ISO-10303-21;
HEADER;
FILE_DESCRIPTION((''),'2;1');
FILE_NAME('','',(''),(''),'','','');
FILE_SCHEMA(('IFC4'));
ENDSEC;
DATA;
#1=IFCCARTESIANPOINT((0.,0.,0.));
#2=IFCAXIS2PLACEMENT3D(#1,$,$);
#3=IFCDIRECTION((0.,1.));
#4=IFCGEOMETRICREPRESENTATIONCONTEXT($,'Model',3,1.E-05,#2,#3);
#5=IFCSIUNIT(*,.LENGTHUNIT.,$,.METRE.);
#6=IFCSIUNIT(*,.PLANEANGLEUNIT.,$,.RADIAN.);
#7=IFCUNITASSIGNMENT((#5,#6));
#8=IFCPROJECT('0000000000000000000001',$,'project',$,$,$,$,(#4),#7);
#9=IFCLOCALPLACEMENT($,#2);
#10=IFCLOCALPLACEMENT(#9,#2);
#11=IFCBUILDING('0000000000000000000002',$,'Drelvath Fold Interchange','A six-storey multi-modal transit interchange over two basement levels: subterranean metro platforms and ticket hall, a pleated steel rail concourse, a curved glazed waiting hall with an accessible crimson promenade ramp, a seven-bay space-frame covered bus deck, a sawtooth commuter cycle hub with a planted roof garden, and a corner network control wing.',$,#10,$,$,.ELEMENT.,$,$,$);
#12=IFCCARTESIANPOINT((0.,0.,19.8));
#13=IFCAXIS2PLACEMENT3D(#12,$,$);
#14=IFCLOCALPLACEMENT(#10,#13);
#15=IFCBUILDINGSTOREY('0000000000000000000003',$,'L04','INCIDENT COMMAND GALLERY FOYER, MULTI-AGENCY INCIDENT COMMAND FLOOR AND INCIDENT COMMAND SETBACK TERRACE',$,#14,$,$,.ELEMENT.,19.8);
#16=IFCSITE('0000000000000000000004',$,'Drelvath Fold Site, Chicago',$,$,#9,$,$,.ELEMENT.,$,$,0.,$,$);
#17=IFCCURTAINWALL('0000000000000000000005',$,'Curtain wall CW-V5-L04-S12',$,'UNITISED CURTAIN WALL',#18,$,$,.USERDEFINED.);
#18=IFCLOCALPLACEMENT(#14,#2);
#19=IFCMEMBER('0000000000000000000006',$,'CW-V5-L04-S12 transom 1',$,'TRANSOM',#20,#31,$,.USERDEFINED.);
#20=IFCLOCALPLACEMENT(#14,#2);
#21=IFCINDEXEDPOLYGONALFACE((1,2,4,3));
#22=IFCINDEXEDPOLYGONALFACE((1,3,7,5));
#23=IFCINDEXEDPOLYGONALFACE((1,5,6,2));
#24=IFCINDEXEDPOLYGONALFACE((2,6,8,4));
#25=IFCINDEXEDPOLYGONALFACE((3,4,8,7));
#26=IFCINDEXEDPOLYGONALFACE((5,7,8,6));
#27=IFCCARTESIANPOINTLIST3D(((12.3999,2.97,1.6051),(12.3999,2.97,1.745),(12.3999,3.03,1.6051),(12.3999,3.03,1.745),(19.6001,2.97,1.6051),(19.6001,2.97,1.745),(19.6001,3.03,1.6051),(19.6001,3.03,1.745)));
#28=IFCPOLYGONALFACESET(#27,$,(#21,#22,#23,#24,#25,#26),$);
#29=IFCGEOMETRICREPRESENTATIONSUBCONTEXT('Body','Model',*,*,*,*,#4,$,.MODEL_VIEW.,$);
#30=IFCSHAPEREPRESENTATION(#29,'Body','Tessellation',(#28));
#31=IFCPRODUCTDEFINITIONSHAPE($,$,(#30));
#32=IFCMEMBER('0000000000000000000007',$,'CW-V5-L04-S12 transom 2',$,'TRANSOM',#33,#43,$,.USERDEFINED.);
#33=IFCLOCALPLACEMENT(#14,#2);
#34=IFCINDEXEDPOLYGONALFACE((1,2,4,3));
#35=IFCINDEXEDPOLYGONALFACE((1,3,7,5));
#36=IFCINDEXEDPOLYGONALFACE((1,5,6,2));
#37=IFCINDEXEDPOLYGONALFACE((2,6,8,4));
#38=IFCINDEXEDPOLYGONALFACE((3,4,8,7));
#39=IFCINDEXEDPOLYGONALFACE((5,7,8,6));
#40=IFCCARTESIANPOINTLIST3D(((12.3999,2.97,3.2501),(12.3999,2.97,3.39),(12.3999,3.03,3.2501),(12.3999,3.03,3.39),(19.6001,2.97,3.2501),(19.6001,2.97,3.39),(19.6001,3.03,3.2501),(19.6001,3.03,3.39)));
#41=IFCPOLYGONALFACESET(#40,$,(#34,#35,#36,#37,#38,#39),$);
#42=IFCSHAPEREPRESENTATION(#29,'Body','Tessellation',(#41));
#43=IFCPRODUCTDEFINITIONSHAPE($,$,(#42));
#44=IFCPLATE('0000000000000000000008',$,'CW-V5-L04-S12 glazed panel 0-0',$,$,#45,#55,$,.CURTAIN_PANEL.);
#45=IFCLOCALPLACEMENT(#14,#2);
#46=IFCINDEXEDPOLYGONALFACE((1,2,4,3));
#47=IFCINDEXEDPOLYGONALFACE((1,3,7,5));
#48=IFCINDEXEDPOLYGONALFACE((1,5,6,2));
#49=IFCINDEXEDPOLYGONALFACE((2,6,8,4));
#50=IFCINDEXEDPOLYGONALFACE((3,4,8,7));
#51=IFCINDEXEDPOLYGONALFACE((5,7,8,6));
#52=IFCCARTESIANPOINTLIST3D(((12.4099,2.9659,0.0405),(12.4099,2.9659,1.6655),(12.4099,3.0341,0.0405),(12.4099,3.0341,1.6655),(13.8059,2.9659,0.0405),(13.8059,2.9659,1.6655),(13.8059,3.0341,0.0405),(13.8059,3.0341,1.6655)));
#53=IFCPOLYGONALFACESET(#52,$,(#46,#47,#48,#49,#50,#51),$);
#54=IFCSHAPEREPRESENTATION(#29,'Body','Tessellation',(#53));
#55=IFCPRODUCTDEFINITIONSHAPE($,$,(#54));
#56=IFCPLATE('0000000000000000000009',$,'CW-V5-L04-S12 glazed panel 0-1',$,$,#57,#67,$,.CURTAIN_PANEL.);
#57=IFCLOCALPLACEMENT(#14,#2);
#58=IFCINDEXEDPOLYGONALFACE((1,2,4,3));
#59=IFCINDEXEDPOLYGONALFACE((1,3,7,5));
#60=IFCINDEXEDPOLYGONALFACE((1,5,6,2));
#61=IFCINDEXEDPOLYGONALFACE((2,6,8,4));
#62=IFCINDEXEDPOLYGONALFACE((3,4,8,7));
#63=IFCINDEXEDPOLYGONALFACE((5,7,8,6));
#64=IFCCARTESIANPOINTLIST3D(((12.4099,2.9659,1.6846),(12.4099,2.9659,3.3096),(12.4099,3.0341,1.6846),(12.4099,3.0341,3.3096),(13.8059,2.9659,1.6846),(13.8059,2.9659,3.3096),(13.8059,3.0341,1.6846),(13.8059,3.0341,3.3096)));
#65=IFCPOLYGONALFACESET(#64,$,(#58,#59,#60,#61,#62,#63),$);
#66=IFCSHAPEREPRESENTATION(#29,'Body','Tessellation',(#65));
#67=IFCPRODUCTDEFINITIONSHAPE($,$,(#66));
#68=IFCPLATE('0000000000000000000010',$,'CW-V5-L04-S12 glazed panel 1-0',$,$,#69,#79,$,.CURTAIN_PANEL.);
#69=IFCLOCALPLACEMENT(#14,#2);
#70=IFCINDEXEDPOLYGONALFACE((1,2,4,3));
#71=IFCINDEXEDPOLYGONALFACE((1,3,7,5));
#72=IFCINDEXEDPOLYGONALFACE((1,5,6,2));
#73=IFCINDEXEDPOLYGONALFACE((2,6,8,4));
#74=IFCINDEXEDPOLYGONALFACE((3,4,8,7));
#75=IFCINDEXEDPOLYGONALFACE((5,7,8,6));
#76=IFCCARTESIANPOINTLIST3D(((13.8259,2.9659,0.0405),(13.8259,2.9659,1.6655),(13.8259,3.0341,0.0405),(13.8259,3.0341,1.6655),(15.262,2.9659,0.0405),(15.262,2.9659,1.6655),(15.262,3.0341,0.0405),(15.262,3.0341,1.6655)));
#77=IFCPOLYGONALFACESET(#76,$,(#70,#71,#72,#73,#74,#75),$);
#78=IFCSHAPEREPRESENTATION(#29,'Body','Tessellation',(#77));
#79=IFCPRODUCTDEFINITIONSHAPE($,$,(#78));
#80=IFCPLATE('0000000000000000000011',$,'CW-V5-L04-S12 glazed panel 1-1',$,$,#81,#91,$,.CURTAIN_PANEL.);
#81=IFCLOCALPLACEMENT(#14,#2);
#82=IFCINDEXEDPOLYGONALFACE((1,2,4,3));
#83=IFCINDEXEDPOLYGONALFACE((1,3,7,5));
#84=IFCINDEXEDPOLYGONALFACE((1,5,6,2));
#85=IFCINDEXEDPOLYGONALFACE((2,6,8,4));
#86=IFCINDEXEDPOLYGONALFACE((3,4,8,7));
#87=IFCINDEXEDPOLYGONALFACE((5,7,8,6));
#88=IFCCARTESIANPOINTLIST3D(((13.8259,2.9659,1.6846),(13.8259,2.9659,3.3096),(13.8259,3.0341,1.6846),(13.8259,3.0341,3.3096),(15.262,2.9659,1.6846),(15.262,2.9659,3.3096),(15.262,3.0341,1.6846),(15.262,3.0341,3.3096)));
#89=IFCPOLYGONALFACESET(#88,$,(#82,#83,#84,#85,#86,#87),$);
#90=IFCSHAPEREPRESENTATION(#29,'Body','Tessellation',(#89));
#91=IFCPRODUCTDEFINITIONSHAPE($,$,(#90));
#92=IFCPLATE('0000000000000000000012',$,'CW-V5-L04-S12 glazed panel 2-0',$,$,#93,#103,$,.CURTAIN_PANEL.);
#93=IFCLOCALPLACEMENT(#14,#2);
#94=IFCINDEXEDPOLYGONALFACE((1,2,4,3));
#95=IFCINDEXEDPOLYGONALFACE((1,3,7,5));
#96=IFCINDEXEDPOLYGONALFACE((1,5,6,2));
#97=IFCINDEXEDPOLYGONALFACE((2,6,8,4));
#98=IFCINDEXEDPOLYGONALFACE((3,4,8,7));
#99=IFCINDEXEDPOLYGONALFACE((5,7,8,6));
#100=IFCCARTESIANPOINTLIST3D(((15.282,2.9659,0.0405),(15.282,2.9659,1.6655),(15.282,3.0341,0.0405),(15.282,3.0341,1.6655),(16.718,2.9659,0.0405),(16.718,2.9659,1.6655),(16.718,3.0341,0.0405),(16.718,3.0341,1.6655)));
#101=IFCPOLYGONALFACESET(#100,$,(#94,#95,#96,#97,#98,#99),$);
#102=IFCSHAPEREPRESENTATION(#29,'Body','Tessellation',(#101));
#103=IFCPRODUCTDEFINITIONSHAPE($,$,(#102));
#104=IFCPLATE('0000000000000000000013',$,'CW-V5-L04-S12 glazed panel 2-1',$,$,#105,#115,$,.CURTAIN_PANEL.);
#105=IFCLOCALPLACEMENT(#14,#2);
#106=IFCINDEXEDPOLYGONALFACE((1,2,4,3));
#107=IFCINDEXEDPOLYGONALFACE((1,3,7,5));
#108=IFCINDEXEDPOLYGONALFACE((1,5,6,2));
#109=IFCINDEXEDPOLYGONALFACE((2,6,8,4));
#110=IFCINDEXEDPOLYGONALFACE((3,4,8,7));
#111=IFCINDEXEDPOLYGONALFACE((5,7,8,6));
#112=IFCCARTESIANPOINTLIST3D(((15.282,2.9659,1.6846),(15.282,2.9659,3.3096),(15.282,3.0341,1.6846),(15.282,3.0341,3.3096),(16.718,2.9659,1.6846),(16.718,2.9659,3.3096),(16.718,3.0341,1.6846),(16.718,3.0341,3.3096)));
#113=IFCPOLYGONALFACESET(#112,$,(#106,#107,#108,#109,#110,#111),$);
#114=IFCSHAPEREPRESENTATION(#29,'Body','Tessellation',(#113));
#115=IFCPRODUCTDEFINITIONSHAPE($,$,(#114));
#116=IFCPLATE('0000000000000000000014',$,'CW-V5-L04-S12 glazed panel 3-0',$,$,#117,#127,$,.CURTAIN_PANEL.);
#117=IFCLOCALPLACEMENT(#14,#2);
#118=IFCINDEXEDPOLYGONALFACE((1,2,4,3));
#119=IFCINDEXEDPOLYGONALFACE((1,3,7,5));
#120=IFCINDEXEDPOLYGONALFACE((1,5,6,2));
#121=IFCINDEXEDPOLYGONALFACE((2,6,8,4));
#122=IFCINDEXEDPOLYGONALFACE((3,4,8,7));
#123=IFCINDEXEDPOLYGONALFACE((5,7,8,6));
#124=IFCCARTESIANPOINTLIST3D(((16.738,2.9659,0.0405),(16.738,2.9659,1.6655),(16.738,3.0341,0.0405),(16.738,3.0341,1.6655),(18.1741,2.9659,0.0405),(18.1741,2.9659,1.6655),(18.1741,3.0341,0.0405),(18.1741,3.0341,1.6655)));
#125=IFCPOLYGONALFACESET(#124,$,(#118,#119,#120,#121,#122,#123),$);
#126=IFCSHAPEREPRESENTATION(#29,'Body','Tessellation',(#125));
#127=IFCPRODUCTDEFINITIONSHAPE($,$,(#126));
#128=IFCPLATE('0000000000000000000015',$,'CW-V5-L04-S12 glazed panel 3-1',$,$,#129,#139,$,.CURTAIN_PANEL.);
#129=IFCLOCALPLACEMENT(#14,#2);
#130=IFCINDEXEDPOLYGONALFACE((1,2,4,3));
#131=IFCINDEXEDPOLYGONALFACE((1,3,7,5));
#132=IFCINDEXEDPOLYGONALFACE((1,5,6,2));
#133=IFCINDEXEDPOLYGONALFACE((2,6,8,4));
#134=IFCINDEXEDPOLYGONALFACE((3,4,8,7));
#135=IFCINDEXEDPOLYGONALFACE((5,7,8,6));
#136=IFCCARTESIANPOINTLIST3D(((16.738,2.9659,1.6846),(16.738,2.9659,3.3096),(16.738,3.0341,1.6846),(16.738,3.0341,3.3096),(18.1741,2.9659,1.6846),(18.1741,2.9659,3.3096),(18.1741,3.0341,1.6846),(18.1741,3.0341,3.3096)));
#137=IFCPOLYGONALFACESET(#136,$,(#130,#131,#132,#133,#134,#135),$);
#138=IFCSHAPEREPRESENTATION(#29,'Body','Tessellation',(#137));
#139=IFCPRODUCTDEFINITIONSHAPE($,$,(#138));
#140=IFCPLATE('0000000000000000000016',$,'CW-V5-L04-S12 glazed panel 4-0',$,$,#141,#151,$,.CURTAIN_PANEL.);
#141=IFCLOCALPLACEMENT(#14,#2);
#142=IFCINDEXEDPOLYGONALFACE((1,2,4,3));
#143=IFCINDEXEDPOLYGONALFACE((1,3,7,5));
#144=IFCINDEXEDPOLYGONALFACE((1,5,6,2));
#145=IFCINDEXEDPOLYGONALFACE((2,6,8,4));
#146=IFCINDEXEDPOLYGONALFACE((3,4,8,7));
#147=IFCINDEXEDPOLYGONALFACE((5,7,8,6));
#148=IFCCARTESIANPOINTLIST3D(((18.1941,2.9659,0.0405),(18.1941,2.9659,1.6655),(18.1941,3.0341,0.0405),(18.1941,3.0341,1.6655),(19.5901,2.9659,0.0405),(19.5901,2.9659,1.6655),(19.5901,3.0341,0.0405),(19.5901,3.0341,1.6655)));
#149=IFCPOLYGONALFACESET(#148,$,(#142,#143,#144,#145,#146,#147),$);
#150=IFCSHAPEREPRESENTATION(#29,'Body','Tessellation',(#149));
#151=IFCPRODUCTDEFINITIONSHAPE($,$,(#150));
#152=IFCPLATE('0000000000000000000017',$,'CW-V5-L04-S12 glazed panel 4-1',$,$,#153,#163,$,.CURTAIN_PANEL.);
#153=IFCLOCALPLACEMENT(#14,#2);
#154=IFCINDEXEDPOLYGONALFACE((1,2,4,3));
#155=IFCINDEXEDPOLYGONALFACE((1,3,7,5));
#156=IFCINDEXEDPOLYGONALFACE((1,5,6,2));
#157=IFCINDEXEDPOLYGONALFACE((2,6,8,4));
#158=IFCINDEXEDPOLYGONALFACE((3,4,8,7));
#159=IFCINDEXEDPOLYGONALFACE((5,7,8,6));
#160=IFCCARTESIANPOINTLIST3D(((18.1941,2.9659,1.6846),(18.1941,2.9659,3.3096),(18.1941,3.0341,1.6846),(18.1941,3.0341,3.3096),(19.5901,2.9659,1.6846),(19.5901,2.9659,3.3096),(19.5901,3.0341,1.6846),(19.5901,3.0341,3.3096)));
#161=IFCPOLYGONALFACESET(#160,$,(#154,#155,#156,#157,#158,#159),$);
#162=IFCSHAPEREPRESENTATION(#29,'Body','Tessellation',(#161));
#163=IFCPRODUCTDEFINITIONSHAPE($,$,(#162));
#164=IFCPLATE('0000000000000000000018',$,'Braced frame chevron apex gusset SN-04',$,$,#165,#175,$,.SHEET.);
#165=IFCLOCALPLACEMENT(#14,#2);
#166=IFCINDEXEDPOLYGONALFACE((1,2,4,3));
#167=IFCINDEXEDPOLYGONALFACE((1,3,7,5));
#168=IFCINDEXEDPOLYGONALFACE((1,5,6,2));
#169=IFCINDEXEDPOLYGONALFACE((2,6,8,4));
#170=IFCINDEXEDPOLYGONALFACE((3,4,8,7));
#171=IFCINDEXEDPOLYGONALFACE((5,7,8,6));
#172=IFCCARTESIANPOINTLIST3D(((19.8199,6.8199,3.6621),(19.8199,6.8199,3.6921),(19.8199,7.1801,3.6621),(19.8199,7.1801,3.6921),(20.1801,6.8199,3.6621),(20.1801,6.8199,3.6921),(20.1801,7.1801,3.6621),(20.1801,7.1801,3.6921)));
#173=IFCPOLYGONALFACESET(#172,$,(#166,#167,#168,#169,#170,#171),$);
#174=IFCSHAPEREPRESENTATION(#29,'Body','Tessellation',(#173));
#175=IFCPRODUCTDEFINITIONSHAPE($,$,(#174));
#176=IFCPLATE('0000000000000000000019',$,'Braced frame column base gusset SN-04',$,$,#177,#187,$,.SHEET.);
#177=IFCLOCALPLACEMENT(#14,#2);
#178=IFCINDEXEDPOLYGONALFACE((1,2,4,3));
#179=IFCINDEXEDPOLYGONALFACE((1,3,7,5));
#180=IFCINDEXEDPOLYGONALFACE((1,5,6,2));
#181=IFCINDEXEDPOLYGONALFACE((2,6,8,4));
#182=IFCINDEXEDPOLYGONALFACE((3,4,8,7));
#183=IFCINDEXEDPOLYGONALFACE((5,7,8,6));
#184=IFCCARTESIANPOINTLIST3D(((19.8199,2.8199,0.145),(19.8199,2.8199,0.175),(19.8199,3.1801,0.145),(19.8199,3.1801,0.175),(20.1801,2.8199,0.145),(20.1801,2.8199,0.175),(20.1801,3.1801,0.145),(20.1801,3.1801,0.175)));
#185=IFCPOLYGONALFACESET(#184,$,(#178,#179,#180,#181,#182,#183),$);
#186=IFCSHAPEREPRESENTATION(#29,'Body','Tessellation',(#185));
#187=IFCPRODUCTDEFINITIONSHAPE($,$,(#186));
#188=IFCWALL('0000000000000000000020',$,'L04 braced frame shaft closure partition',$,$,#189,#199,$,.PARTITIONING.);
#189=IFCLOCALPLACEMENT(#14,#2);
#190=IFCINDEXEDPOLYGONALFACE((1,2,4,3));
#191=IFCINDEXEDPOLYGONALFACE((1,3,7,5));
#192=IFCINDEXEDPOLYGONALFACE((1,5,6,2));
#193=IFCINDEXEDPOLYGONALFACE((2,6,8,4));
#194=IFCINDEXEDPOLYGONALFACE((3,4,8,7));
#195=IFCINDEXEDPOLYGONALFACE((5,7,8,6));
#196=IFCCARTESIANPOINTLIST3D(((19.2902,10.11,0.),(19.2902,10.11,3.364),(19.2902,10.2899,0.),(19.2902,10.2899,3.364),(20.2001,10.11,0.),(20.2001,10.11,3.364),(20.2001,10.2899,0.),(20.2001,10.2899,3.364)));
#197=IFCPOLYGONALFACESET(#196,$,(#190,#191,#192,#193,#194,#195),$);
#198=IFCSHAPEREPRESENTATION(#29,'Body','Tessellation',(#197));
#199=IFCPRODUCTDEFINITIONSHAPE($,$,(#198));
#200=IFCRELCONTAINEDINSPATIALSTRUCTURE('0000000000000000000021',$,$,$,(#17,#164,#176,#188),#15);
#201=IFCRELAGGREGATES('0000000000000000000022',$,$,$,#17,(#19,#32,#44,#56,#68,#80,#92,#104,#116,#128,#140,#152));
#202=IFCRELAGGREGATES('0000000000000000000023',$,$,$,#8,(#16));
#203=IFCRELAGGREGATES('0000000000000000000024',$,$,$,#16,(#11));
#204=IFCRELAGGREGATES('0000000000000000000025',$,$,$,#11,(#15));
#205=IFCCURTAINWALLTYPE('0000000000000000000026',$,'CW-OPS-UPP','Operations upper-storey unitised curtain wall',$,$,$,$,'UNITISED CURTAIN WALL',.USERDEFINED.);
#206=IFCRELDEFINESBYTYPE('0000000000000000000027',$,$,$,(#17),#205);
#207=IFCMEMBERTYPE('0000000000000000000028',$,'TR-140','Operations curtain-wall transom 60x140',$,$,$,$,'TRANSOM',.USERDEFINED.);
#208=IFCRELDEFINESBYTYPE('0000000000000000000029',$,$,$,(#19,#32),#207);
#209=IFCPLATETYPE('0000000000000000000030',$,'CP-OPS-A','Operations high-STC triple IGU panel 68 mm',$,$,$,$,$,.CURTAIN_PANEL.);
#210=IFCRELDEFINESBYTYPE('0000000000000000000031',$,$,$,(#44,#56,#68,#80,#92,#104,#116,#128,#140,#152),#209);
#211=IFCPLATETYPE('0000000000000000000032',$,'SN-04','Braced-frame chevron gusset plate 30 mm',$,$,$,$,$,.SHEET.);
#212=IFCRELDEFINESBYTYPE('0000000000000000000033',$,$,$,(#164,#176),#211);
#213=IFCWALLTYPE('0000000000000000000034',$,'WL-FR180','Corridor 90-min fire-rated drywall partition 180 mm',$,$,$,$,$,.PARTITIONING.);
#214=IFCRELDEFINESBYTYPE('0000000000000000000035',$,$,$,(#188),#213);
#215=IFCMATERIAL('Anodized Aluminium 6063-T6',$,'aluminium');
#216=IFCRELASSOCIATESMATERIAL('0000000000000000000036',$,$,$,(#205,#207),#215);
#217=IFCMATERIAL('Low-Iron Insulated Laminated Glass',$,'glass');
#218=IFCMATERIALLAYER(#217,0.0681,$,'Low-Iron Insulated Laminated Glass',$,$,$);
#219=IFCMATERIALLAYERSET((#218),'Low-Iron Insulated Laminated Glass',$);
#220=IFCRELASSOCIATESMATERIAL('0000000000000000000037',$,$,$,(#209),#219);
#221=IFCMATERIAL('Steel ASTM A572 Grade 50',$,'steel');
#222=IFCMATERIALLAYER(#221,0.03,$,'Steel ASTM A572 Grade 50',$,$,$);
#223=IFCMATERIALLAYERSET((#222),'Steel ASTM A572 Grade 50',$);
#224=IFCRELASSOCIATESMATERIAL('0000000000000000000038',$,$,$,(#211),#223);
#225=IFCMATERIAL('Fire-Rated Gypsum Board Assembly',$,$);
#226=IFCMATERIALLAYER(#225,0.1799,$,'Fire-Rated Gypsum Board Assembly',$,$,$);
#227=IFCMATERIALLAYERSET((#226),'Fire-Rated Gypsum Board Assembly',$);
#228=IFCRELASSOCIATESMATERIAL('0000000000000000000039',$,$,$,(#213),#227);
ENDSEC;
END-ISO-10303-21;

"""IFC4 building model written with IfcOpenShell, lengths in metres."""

from ifc_helpers import new_model, si_unit, direction, frame, frame_2d, origin, origin_2d, place, context, subcontext, project, spatial, rectangle, extrude, material, layer, layer_set, material_profile, profile_set, type_object, element, aggregate, save


model = new_model("IFC4")

# Units and contexts
model_context = context("Model", 3, precision=1e-05, world=origin(), true_north=direction((0.0, 1.0)))
body_context = subcontext(model_context, "Body", "Model", "MODEL_VIEW")
ifc_project = project(units=[si_unit("LENGTHUNIT", "METRE"), si_unit("PLANEANGLEUNIT", "RADIAN")], contexts=[model_context])

# Site, building, storey
site_placement = place(None, origin())
site = spatial("IfcSite", under=ifc_project, at=site_placement, Name="Drelvath Fold Site, Chicago", CompositionType="ELEMENT", RefElevation=0.0)
building_placement = place(site_placement, origin())
building = spatial("IfcBuilding", under=site, at=building_placement, Name="Drelvath Fold Interchange", Description="A six-storey multi-modal transit interchange over two basement levels: subterranean metro platforms and ticket hall, a pleated steel rail concourse, a curved glazed waiting hall with an accessible crimson promenade ramp, a seven-bay space-frame covered bus deck, a sawtooth commuter cycle hub with a planted roof garden, and a corner network control wing.", CompositionType="ELEMENT")
storey_placement = place(building_placement, frame((0.0, 0.0, 19.8)))
storey = spatial("IfcBuildingStorey", under=building, at=storey_placement, Name="L04", Description="INCIDENT COMMAND GALLERY FOYER, MULTI-AGENCY INCIDENT COMMAND FLOOR AND INCIDENT COMMAND SETBACK TERRACE", CompositionType="ELEMENT", Elevation=19.8)

# Curtain wall, members, plates
ifc_material_1 = material(Name="Anodized Aluminium 6063-T6", Category="aluminium")
curtain_wall_type = type_object("IfcCurtainWallType", Name="CW-OPS-UPP", Description="Operations upper-storey unitised curtain wall", ElementType="UNITISED CURTAIN WALL", PredefinedType="USERDEFINED", material=ifc_material_1)
curtain_wall_placement = place(storey_placement, origin())
curtain_wall = element("IfcCurtainWall", 1, at=curtain_wall_placement, inside=storey, type_object=curtain_wall_type, Name="Curtain wall CW-V5-L04-S12", ObjectType="UNITISED CURTAIN WALL", PredefinedType="USERDEFINED")
ifc_material_profile_1 = material_profile(ifc_material_1, rectangle(XDim=0.0601, YDim=0.1399, at=origin_2d()), Name="AL-T 60x140")
ifc_profile_set_1 = profile_set([ifc_material_profile_1], Name="Anodized Aluminium 6063-T6")
member_type_1 = type_object("IfcMemberType", Name="TR-140", Description="Operations curtain-wall transom 60x140", ElementType="TRANSOM", PredefinedType="USERDEFINED", material=ifc_profile_set_1)
member_1_placement = place(storey_placement, frame((12.3999, 3.0, 1.675), z_axis=(1.0, 0.0, 0.0), x_axis=(0.0, 1.0, 0.0)))
member_1 = element("IfcMember", 2, at=member_1_placement, type_object=member_type_1, Name="CW-V5-L04-S12 transom 1", ObjectType="TRANSOM", PredefinedType="USERDEFINED", context=body_context, shape_type="SweptSolid", body=[
    extrude(rectangle(XDim=0.0601, YDim=0.1399, at=origin_2d()), origin(), (0.0, 0.0, 1.0), 7.2002),
])
member_2_placement = place(storey_placement, frame((12.3999, 3.0, 3.3201), z_axis=(1.0, 0.0, 0.0), x_axis=(0.0, 1.0, 0.0)))
member_2 = element("IfcMember", 3, at=member_2_placement, type_object=member_type_1, Name="CW-V5-L04-S12 transom 2", ObjectType="TRANSOM", PredefinedType="USERDEFINED", context=body_context, shape_type="SweptSolid", body=[
    extrude(rectangle(XDim=0.0601, YDim=0.1399, at=origin_2d()), origin(), (0.0, 0.0, 1.0), 7.2002),
])
ifc_material_2 = material(Name="Low-Iron Insulated Laminated Glass", Category="glass")
ifc_layer_1 = layer(ifc_material_2, 0.0681, Name="Low-Iron Insulated Laminated Glass")
ifc_layer_set_1 = layer_set([ifc_layer_1], Name="Low-Iron Insulated Laminated Glass")
plate_type_1 = type_object("IfcPlateType", Name="CP-OPS-A", Description="Operations high-STC triple IGU panel 68 mm", PredefinedType="CURTAIN_PANEL", material=ifc_layer_set_1)
plate_1_placement = place(storey_placement, frame((13.1079, 3.0, 0.0405), z_axis=(0.0, 0.0, 1.0), x_axis=(1.0, 0.0, 0.0)))
plate_1 = element("IfcPlate", 4, at=plate_1_placement, type_object=plate_type_1, Name="CW-V5-L04-S12 glazed panel 0-0", PredefinedType="CURTAIN_PANEL", context=body_context, shape_type="SweptSolid", body=[
    extrude(rectangle(XDim=1.396, YDim=0.0681, at=origin_2d()), origin(), (0.0, 0.0, 1.0), 1.625),
])
plate_2_placement = place(storey_placement, frame((13.1079, 3.0, 1.6846), z_axis=(0.0, 0.0, 1.0), x_axis=(1.0, 0.0, 0.0)))
plate_2 = element("IfcPlate", 5, at=plate_2_placement, type_object=plate_type_1, Name="CW-V5-L04-S12 glazed panel 0-1", PredefinedType="CURTAIN_PANEL", context=body_context, shape_type="SweptSolid", body=[
    extrude(rectangle(XDim=1.396, YDim=0.0681, at=origin_2d()), origin(), (0.0, 0.0, 1.0), 1.625),
])
plate_3_placement = place(storey_placement, frame((14.5439, 3.0, 0.0405), z_axis=(0.0, 0.0, 1.0), x_axis=(1.0, 0.0, 0.0)))
plate_3 = element("IfcPlate", 6, at=plate_3_placement, type_object=plate_type_1, Name="CW-V5-L04-S12 glazed panel 1-0", PredefinedType="CURTAIN_PANEL", context=body_context, shape_type="SweptSolid", body=[
    extrude(rectangle(XDim=1.436, YDim=0.0681, at=origin_2d()), origin(), (0.0, 0.0, 1.0), 1.625),
])
plate_4_placement = place(storey_placement, frame((14.5439, 3.0, 1.6846), z_axis=(0.0, 0.0, 1.0), x_axis=(1.0, 0.0, 0.0)))
plate_4 = element("IfcPlate", 7, at=plate_4_placement, type_object=plate_type_1, Name="CW-V5-L04-S12 glazed panel 1-1", PredefinedType="CURTAIN_PANEL", context=body_context, shape_type="SweptSolid", body=[
    extrude(rectangle(XDim=1.436, YDim=0.0681, at=origin_2d()), origin(), (0.0, 0.0, 1.0), 1.625),
])
plate_5_placement = place(storey_placement, frame((16.0, 3.0, 0.0405), z_axis=(0.0, 0.0, 1.0), x_axis=(1.0, 0.0, 0.0)))
plate_5 = element("IfcPlate", 8, at=plate_5_placement, type_object=plate_type_1, Name="CW-V5-L04-S12 glazed panel 2-0", PredefinedType="CURTAIN_PANEL", context=body_context, shape_type="SweptSolid", body=[
    extrude(rectangle(XDim=1.436, YDim=0.0681, at=origin_2d()), origin(), (0.0, 0.0, 1.0), 1.625),
])
plate_6_placement = place(storey_placement, frame((16.0, 3.0, 1.6846), z_axis=(0.0, 0.0, 1.0), x_axis=(1.0, 0.0, 0.0)))
plate_6 = element("IfcPlate", 9, at=plate_6_placement, type_object=plate_type_1, Name="CW-V5-L04-S12 glazed panel 2-1", PredefinedType="CURTAIN_PANEL", context=body_context, shape_type="SweptSolid", body=[
    extrude(rectangle(XDim=1.436, YDim=0.0681, at=origin_2d()), origin(), (0.0, 0.0, 1.0), 1.625),
])
plate_7_placement = place(storey_placement, frame((17.4561, 3.0, 0.0405), z_axis=(0.0, 0.0, 1.0), x_axis=(1.0, 0.0, 0.0)))
plate_7 = element("IfcPlate", 10, at=plate_7_placement, type_object=plate_type_1, Name="CW-V5-L04-S12 glazed panel 3-0", PredefinedType="CURTAIN_PANEL", context=body_context, shape_type="SweptSolid", body=[
    extrude(rectangle(XDim=1.436, YDim=0.0681, at=origin_2d()), origin(), (0.0, 0.0, 1.0), 1.625),
])
plate_8_placement = place(storey_placement, frame((17.4561, 3.0, 1.6846), z_axis=(0.0, 0.0, 1.0), x_axis=(1.0, 0.0, 0.0)))
plate_8 = element("IfcPlate", 11, at=plate_8_placement, type_object=plate_type_1, Name="CW-V5-L04-S12 glazed panel 3-1", PredefinedType="CURTAIN_PANEL", context=body_context, shape_type="SweptSolid", body=[
    extrude(rectangle(XDim=1.436, YDim=0.0681, at=origin_2d()), origin(), (0.0, 0.0, 1.0), 1.625),
])
plate_9_placement = place(storey_placement, frame((18.8921, 3.0, 0.0405), z_axis=(0.0, 0.0, 1.0), x_axis=(1.0, 0.0, 0.0)))
plate_9 = element("IfcPlate", 12, at=plate_9_placement, type_object=plate_type_1, Name="CW-V5-L04-S12 glazed panel 4-0", PredefinedType="CURTAIN_PANEL", context=body_context, shape_type="SweptSolid", body=[
    extrude(rectangle(XDim=1.396, YDim=0.0681, at=origin_2d()), origin(), (0.0, 0.0, 1.0), 1.625),
])
plate_10_placement = place(storey_placement, frame((18.8921, 3.0, 1.6846), z_axis=(0.0, 0.0, 1.0), x_axis=(1.0, 0.0, 0.0)))
plate_10 = element("IfcPlate", 13, at=plate_10_placement, type_object=plate_type_1, Name="CW-V5-L04-S12 glazed panel 4-1", PredefinedType="CURTAIN_PANEL", context=body_context, shape_type="SweptSolid", body=[
    extrude(rectangle(XDim=1.396, YDim=0.0681, at=origin_2d()), origin(), (0.0, 0.0, 1.0), 1.625),
])
aggregate(curtain_wall, [member_1, member_2, plate_1, plate_2, plate_3, plate_4, plate_5, plate_6, plate_7, plate_8, plate_9, plate_10])

# Plates
ifc_material_3 = material(Name="Steel ASTM A572 Grade 50", Category="steel")
ifc_layer_2 = layer(ifc_material_3, 0.03, Name="Steel ASTM A572 Grade 50")
ifc_layer_set_2 = layer_set([ifc_layer_2], Name="Steel ASTM A572 Grade 50")
plate_type_2 = type_object("IfcPlateType", Name="SN-04", Description="Braced-frame chevron gusset plate 30 mm", PredefinedType="SHEET", material=ifc_layer_set_2)
for number, where, z_axis, x_axis, name in (
    (14, (20.0, 7.0, 3.6621), (0.0, 0.0, 1.0), (1.0, 0.0, 0.0), "Braced frame chevron apex gusset SN-04"),
    (15, (20.0, 3.0, 0.145), (0.0, 0.0, 1.0), (1.0, 0.0, 0.0), "Braced frame column base gusset SN-04"),
):
    element("IfcPlate", number, at=place(storey_placement, frame(where, z_axis=z_axis, x_axis=x_axis)), inside=storey, type_object=plate_type_2, Name=name, PredefinedType="SHEET", context=body_context, shape_type="SweptSolid", body=[
        extrude(rectangle(XDim=0.3601, YDim=0.3601, at=origin_2d()), origin(), (0.0, 0.0, 1.0), 0.03),
    ])

# Wall
ifc_material_4 = material(Name="Fire-Rated Gypsum Board Assembly")
ifc_layer_3 = layer(ifc_material_4, 0.1799, Name="Fire-Rated Gypsum Board Assembly")
ifc_layer_set_3 = layer_set([ifc_layer_3], Name="Fire-Rated Gypsum Board Assembly")
wall_type = type_object("IfcWallType", Name="WL-FR180", Description="Corridor 90-min fire-rated drywall partition 180 mm", PredefinedType="PARTITIONING", material=ifc_layer_set_3)
wall_1_placement = place(storey_placement, frame((19.29, 10.2, 0.0), z_axis=(0.0, 0.0, 1.0), x_axis=(1.0, 0.0, 0.0)))
element("IfcWall", 16, at=wall_1_placement, inside=storey, type_object=wall_type, Name="L04 braced frame shaft closure partition", PredefinedType="PARTITIONING", context=body_context, shape_type="SweptSolid", body=[
    extrude(rectangle(XDim=0.9099, YDim=0.1799, at=frame_2d((0.4551, 0.0))), origin(), (0.0, 0.0, 1.0), 3.364),
])

save(model, "model.ifc")
